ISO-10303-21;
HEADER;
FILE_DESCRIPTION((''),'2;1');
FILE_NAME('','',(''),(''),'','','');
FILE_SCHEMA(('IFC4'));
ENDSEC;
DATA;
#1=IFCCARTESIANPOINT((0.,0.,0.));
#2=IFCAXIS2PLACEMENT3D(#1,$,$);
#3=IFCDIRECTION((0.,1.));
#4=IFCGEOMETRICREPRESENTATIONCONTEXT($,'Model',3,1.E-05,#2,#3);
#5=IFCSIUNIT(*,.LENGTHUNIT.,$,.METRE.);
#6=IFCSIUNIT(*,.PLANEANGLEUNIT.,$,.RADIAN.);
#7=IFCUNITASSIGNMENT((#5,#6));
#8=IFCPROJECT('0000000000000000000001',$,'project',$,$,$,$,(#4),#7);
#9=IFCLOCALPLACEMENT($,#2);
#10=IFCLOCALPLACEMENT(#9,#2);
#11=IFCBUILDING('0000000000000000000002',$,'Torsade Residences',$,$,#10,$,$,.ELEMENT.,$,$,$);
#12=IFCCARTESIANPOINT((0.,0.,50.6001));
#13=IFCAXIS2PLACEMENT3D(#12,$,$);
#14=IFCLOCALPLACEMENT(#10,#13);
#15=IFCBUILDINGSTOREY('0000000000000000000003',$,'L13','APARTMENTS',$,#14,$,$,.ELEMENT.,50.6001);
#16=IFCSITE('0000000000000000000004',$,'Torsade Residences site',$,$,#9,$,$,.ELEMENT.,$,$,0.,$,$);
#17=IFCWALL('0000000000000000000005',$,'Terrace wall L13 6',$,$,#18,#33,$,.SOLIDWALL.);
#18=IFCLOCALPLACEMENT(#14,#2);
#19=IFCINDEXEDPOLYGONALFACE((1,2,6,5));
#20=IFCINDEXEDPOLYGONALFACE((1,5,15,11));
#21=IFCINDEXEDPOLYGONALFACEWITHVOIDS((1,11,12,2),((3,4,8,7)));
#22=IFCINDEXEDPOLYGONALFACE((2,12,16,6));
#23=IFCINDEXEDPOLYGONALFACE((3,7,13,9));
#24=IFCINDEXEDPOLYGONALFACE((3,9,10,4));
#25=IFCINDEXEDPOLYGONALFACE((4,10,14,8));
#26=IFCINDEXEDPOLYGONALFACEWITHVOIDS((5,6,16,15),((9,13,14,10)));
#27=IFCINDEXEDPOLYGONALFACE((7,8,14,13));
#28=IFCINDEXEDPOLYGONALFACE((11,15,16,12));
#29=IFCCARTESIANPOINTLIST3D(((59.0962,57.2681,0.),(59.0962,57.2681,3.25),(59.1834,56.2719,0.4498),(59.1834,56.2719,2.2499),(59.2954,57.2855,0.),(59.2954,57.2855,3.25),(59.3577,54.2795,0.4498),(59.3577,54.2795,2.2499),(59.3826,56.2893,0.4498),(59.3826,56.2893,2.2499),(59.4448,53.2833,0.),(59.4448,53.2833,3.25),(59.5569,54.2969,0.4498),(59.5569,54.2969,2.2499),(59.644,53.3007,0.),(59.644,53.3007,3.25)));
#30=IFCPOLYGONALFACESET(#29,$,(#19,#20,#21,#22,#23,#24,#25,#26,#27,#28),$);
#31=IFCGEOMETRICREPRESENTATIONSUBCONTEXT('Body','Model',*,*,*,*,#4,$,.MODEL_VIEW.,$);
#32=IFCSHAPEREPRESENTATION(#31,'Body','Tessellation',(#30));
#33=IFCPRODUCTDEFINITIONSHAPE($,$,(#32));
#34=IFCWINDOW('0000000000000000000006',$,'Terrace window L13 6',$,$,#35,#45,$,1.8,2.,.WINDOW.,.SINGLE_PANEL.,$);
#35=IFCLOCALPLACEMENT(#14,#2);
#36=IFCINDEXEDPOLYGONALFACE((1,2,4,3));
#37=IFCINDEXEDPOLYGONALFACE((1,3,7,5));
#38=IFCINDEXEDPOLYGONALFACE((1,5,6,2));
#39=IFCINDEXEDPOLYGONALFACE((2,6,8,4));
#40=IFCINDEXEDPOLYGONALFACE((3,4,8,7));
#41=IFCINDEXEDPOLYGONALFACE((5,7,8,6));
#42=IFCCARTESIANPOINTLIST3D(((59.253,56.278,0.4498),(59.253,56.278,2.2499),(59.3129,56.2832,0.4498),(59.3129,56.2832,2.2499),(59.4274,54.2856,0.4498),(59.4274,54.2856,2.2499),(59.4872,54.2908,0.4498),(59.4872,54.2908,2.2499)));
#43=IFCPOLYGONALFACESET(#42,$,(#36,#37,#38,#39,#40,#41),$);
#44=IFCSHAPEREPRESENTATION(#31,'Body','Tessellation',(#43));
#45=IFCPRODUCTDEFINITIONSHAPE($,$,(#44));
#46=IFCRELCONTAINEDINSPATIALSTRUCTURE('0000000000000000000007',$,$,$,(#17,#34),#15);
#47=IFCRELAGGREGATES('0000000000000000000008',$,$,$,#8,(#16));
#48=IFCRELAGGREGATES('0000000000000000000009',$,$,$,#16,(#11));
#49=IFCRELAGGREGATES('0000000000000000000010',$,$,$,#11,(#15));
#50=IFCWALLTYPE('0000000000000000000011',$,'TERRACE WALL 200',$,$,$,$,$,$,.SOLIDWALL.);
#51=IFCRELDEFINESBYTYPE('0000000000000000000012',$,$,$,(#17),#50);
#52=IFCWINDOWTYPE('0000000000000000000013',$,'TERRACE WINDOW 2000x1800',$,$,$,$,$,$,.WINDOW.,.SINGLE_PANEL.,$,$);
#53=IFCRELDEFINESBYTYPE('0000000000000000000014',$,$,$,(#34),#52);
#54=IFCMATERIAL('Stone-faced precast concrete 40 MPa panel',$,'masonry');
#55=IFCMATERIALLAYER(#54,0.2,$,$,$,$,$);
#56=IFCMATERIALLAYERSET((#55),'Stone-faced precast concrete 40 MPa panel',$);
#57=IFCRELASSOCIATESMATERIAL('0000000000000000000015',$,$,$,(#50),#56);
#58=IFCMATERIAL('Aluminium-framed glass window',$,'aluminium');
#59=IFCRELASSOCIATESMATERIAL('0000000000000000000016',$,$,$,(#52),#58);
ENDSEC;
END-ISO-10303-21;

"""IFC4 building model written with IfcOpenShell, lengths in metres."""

from ifc_helpers import new_model, si_unit, direction, frame, frame_2d, origin, place, context, subcontext, project, spatial, rectangle, extrude, material, layer, layer_set, type_object, element, fill, save


model = new_model("IFC4")

# Units and contexts
model_context = context("Model", 3, precision=1e-05, world=origin(), true_north=direction((0.0, 1.0)))
body_context = subcontext(model_context, "Body", "Model", "MODEL_VIEW")
ifc_project = project(units=[si_unit("LENGTHUNIT", "METRE"), si_unit("PLANEANGLEUNIT", "RADIAN")], contexts=[model_context])

# Site, building, storey
site_placement = place(None, origin())
site = spatial("IfcSite", under=ifc_project, at=site_placement, Name="Torsade Residences site", CompositionType="ELEMENT", RefElevation=0.0)
building_placement = place(site_placement, origin())
building = spatial("IfcBuilding", under=site, at=building_placement, Name="Torsade Residences", CompositionType="ELEMENT")
storey_placement = place(building_placement, frame((0.0, 0.0, 50.6001)))
storey = spatial("IfcBuildingStorey", under=building, at=storey_placement, Name="L13", Description="APARTMENTS", CompositionType="ELEMENT", Elevation=50.6001)

# Wall, opening, window
ifc_material_1 = material(Name="Stone-faced precast concrete 40 MPa panel", Category="masonry")
ifc_layer_1 = layer(ifc_material_1, 0.2)
ifc_layer_set_1 = layer_set([ifc_layer_1], Name="Stone-faced precast concrete 40 MPa panel")
wall_type_1 = type_object("IfcWallType", Name="TERRACE WALL 200", PredefinedType="SOLIDWALL", material=ifc_layer_set_1)
wall_1_placement = place(storey_placement, frame((59.5444, 53.292, 0.0), z_axis=(0.0, 0.0, 1.0), x_axis=(-0.087156, 0.996195, 0.0)))
wall_1 = element("IfcWall", 1, at=wall_1_placement, inside=storey, type_object=wall_type_1, Name="Terrace wall L13 6", PredefinedType="SOLIDWALL", context=body_context, shape_type="SweptSolid", body=[
    extrude(rectangle(XDim=4.0, YDim=0.2, at=frame_2d((2.0, 0.0))), origin(), (0.0, 0.0, 1.0), 3.25),
])
opening_1_placement = place(wall_1_placement, frame((1.0, 0.0, 0.45)))
opening_1 = element("IfcOpeningElement", 2, at=opening_1_placement, cuts=wall_1, PredefinedType="OPENING", context=body_context, shape_type="SweptSolid", body=[
    extrude(rectangle(XDim=2.0, YDim=1.8, at=frame_2d((1.0, 0.8999))), frame((0.0, 0.1099, 0.0), z_axis=(0.0, -1.0, 0.0), x_axis=(1.0, 0.0, 0.0)), (0.0, 0.0, 1.0), 0.22),
])
ifc_material_2 = material(Name="Aluminium-framed glass window", Category="aluminium")
window_type = type_object("IfcWindowType", Name="TERRACE WINDOW 2000x1800", PartitioningType="SINGLE_PANEL", PredefinedType="WINDOW", material=ifc_material_2)
window_placement = place(opening_1_placement, origin())
window = element("IfcWindow", 3, at=window_placement, inside=storey, type_object=window_type, Name="Terrace window L13 6", OverallHeight=1.8, OverallWidth=2.0, PartitioningType="SINGLE_PANEL", PredefinedType="WINDOW", context=body_context, shape_type="SweptSolid", body=[
    extrude(rectangle(XDim=2.0, YDim=1.8, at=frame_2d((1.0, 0.8999))), frame((0.0, 0.03, 0.0), z_axis=(0.0, -1.0, 0.0), x_axis=(1.0, 0.0, 0.0)), (0.0, 0.0, 1.0), 0.0601),
])
fill(opening_1, window)

save(model, "model.ifc")
